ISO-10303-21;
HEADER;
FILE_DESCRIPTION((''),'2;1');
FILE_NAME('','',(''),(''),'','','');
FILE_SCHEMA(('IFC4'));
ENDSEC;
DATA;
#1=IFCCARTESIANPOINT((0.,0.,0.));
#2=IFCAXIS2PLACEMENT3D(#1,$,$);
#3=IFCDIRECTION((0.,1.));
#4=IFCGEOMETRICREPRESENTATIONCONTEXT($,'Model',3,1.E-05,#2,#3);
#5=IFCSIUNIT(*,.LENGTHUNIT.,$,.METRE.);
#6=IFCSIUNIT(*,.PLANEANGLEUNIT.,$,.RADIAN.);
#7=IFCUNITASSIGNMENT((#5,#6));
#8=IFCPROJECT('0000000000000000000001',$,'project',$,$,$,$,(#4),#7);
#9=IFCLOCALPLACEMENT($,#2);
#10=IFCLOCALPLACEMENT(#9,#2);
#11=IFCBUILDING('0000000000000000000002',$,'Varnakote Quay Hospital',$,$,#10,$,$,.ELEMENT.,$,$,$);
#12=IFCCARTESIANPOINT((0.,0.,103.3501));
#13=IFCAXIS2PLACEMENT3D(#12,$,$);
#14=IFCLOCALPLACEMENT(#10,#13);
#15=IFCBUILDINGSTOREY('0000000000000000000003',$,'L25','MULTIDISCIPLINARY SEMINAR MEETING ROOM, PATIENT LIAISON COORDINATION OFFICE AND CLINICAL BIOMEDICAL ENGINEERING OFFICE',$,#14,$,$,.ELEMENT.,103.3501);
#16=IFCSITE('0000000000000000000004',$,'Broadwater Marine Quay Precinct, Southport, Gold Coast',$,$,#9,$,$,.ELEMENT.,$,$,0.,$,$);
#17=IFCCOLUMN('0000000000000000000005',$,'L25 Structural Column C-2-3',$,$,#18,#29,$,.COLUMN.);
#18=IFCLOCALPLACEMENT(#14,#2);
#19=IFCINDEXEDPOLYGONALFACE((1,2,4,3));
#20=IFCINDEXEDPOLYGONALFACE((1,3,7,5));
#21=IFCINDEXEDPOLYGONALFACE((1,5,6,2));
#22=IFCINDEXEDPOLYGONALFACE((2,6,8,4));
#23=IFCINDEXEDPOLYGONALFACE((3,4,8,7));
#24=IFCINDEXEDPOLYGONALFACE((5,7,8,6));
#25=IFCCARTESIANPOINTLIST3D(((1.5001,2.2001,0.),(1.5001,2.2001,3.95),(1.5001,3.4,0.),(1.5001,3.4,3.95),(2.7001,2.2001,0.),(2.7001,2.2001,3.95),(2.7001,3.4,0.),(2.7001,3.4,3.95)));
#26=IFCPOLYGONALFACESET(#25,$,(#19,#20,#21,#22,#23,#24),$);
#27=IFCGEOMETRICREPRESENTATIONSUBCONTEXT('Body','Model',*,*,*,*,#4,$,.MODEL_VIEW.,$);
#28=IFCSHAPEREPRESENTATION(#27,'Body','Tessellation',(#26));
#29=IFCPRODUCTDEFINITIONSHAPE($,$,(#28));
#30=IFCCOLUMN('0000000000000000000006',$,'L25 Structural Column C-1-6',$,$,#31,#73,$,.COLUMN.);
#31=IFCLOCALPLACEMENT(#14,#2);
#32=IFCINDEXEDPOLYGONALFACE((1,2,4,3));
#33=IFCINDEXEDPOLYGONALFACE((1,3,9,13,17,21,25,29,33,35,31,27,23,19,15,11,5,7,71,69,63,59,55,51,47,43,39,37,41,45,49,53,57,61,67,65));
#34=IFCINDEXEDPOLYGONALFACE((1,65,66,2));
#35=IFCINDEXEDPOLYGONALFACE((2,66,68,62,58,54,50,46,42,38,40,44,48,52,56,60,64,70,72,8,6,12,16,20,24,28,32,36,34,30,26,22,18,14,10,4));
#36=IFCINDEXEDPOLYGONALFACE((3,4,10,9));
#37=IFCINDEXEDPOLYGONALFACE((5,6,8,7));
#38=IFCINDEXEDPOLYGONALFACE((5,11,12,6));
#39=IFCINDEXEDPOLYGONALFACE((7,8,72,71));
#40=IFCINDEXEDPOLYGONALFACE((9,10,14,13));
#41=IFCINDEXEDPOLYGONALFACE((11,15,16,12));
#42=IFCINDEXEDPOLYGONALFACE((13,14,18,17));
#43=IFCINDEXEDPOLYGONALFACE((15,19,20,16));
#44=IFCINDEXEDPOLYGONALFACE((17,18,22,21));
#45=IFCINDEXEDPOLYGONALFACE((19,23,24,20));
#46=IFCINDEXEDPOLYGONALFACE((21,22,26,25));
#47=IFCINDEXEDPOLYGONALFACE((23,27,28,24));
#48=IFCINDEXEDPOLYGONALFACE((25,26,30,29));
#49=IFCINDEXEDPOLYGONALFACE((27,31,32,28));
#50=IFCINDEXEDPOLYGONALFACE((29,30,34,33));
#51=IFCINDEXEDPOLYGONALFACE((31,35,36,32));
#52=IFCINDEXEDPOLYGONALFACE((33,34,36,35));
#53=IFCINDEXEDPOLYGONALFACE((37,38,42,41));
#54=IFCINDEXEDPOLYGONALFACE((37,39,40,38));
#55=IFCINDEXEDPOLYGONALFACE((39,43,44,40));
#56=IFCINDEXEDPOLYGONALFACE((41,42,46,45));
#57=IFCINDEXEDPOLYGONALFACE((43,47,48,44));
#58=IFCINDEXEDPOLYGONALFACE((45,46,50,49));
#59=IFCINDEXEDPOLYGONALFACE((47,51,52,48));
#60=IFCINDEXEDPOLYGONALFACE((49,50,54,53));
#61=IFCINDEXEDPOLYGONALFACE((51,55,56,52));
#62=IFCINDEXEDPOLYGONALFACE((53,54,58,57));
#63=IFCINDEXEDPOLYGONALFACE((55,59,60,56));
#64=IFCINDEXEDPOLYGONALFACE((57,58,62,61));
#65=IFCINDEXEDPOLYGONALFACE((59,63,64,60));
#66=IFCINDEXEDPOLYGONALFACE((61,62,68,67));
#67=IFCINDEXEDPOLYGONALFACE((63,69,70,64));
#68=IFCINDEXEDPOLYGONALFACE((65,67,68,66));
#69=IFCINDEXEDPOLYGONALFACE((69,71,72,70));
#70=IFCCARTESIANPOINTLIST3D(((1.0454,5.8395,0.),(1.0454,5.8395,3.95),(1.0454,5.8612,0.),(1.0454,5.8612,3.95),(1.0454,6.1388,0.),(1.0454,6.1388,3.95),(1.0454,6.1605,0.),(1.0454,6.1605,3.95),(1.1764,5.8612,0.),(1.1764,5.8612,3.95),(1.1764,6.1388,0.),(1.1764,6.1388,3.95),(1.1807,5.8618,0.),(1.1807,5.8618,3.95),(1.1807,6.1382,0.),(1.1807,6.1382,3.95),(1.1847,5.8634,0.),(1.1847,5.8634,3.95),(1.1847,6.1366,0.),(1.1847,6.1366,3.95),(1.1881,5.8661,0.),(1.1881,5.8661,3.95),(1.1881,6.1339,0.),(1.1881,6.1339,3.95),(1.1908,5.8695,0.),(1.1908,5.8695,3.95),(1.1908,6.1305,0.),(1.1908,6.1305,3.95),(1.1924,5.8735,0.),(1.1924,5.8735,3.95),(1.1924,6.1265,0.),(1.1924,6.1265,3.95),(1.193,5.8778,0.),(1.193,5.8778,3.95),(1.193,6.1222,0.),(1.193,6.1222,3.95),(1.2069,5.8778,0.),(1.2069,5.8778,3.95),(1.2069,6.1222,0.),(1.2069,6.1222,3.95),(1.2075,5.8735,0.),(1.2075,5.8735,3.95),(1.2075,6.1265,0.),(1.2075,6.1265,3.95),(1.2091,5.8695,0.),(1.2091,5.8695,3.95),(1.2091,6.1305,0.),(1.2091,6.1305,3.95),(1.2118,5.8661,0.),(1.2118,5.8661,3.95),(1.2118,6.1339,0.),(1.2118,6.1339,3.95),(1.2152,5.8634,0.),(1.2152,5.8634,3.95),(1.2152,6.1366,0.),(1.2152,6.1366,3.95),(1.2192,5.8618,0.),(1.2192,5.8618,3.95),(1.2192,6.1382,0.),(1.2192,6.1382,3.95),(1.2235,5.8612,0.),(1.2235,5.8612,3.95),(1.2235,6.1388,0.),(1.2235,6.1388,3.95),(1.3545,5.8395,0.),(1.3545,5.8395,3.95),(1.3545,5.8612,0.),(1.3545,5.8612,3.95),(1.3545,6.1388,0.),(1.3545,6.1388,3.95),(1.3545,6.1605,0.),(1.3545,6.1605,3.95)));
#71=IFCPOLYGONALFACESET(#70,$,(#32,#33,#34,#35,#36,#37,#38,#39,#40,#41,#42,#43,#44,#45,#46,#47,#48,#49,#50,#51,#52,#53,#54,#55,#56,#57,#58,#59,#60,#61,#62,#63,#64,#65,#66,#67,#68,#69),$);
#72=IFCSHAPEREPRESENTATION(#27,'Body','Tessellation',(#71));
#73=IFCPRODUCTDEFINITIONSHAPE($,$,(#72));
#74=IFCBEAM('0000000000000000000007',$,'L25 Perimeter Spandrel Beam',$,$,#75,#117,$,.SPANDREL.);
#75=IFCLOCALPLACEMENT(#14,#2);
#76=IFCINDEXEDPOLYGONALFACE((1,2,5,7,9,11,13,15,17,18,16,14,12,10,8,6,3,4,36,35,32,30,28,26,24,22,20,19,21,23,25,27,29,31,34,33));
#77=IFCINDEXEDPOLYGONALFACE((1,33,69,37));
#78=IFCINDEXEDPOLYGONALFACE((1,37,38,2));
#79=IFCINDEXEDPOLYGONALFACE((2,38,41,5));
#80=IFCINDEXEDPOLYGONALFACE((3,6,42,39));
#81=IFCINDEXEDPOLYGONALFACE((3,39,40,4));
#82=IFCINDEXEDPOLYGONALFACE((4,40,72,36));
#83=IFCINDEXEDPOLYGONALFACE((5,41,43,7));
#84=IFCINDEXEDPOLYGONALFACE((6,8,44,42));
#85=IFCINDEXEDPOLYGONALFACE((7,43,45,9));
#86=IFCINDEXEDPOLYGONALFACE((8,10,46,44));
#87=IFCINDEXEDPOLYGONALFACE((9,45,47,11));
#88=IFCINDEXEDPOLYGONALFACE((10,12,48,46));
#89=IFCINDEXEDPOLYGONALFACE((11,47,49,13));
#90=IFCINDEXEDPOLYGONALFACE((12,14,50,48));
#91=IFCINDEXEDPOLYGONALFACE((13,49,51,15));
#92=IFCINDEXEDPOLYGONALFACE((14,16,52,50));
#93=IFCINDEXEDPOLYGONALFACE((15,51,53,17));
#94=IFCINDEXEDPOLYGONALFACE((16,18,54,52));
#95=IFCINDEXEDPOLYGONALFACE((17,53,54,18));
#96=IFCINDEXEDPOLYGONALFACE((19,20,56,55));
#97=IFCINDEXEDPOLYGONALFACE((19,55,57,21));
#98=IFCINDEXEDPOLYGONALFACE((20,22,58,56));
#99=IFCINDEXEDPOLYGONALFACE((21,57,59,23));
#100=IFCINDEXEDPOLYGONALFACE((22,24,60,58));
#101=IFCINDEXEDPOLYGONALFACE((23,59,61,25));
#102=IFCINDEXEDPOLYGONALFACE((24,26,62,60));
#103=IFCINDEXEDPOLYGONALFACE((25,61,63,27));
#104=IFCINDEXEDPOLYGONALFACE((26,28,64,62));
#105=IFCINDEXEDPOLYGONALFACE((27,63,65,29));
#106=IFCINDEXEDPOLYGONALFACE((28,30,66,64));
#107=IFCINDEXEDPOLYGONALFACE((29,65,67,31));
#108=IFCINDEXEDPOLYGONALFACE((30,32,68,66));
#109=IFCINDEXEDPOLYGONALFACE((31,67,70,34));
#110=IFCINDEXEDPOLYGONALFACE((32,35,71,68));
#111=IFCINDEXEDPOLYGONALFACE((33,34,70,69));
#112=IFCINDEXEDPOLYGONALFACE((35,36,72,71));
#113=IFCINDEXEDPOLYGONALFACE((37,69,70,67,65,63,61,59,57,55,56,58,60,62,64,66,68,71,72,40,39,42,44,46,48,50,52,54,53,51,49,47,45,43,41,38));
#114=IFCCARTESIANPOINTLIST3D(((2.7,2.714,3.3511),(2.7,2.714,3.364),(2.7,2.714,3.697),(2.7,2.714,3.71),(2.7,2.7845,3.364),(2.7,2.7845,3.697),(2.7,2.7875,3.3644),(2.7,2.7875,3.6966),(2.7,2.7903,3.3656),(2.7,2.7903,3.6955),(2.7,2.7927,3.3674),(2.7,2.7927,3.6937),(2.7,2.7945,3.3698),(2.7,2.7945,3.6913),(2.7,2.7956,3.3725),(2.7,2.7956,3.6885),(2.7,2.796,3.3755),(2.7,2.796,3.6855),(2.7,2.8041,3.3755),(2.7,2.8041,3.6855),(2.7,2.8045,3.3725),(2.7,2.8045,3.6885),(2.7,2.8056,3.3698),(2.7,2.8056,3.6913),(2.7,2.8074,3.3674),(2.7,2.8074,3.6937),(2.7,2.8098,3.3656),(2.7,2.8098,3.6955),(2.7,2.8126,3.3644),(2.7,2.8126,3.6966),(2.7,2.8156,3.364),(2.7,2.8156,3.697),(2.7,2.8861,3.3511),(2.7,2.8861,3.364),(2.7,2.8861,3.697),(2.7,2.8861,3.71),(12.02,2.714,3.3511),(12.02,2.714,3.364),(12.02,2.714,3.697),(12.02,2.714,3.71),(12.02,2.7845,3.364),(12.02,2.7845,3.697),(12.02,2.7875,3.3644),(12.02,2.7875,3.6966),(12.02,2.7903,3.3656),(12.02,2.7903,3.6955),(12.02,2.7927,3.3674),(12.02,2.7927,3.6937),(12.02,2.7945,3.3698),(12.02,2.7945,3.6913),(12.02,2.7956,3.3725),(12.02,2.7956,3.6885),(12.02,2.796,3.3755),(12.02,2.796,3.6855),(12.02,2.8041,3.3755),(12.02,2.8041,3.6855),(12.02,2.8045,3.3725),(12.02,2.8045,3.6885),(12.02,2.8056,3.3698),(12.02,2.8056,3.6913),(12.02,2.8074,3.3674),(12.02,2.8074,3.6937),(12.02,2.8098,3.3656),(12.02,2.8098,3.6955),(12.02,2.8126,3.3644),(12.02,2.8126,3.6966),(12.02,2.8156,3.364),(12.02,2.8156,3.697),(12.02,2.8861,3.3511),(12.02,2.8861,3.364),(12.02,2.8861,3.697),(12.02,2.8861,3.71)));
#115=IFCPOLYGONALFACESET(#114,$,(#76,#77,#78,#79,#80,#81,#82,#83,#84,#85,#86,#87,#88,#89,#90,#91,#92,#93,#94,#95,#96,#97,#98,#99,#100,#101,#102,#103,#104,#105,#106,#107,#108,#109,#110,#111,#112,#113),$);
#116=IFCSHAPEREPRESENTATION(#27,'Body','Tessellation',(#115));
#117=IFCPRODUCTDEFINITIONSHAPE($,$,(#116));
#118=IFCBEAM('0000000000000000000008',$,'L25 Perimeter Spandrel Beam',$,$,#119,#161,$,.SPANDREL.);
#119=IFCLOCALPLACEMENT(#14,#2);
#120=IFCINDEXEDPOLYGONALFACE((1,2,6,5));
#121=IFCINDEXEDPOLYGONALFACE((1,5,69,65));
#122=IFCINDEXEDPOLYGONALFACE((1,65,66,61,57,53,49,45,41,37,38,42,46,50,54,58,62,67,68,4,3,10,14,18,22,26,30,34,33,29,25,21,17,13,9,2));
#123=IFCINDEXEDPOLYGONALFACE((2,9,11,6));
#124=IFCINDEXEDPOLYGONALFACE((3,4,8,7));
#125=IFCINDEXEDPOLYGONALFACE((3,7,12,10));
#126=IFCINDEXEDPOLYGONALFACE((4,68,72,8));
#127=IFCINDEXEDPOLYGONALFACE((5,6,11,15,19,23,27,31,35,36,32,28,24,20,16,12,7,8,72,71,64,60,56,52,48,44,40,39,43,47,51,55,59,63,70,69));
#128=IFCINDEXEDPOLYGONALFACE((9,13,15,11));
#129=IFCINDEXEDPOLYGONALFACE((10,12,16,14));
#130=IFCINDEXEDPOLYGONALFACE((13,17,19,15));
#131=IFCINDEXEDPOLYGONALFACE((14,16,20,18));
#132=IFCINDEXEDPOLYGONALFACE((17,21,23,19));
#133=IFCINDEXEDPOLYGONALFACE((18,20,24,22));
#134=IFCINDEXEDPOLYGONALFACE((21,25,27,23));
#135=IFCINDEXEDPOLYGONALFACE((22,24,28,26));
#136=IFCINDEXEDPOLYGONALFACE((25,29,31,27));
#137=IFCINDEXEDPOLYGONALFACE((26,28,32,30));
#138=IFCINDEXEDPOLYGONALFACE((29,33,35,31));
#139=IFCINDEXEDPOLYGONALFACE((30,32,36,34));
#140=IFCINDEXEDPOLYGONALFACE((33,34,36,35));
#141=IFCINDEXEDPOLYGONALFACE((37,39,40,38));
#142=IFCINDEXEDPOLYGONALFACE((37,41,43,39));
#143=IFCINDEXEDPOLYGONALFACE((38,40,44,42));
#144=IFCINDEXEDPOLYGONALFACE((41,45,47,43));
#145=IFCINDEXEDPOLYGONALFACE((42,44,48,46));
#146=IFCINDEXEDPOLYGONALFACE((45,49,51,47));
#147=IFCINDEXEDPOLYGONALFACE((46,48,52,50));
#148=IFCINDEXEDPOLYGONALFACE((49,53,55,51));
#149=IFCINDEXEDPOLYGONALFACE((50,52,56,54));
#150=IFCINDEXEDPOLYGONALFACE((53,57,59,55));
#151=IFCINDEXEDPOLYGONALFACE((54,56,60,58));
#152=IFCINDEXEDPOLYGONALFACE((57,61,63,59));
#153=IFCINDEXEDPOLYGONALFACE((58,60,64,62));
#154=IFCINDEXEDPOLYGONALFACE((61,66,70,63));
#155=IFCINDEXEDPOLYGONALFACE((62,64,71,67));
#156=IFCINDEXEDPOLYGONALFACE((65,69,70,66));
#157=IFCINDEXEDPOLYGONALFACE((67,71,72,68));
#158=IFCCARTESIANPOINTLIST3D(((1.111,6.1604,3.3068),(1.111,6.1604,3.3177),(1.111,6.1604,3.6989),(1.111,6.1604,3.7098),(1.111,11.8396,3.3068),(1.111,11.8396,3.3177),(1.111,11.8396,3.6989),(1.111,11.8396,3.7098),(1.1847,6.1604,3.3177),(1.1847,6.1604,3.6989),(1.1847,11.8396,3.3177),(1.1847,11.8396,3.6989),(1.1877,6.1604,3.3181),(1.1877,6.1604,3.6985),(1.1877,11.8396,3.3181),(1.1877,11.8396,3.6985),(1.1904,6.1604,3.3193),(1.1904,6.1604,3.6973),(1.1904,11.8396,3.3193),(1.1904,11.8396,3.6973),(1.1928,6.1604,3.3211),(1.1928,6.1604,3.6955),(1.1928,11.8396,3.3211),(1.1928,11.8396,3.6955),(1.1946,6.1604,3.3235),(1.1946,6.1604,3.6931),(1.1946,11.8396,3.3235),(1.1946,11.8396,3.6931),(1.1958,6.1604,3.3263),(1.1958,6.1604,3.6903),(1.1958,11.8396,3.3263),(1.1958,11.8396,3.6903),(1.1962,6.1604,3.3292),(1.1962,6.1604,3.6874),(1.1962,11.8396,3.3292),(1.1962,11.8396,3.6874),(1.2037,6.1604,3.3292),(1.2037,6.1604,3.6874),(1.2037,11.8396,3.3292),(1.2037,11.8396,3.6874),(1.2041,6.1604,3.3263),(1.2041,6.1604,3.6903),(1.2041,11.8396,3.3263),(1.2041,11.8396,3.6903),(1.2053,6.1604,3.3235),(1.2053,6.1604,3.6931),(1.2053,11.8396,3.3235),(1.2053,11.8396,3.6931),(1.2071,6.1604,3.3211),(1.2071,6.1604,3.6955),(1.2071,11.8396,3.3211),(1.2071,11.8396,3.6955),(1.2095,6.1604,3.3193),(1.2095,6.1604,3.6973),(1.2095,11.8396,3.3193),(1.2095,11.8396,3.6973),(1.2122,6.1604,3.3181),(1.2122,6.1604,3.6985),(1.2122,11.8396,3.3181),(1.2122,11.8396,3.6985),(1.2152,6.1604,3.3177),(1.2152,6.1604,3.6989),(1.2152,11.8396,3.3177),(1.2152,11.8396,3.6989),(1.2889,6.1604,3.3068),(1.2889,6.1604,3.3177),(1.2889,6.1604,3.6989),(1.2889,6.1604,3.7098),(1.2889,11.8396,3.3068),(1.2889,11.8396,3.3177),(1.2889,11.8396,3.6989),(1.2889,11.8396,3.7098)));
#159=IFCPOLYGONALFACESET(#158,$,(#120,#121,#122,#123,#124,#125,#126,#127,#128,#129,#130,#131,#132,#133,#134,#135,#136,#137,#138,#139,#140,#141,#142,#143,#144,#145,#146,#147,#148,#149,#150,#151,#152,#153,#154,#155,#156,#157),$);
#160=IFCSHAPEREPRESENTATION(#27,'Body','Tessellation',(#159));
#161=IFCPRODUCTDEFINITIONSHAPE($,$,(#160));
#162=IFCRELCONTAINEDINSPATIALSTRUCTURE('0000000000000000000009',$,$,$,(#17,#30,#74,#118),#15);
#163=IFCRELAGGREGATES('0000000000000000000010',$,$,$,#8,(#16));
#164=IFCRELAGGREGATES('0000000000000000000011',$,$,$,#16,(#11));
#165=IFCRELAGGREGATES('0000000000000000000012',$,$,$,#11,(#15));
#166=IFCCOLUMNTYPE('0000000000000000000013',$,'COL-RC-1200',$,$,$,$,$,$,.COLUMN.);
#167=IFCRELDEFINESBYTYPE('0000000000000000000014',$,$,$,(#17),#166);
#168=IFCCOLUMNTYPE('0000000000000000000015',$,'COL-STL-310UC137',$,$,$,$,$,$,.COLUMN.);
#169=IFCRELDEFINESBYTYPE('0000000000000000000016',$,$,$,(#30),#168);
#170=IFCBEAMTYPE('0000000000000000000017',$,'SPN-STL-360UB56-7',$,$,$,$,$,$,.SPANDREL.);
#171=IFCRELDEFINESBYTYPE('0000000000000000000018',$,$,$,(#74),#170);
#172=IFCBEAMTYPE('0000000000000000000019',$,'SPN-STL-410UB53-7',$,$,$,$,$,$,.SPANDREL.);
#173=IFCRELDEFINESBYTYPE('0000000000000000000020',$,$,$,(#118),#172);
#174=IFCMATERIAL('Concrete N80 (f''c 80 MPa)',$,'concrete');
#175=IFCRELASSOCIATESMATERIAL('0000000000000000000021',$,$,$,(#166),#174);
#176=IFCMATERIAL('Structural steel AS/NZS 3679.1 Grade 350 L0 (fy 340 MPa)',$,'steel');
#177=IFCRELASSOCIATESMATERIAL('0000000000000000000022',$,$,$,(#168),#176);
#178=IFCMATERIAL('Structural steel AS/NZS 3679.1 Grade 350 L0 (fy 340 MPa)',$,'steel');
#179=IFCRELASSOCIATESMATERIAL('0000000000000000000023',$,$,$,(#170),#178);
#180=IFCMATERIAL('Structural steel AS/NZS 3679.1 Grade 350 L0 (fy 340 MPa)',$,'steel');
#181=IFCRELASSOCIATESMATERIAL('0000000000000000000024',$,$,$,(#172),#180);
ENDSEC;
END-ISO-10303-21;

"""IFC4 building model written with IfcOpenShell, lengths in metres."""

from ifc_helpers import new_model, si_unit, direction, frame, origin, origin_2d, place, context, subcontext, project, spatial, rectangle, i_section, extrude, material, material_profile, profile_set, type_object, element, save


model = new_model("IFC4")

# Units and contexts
model_context = context("Model", 3, precision=1e-05, world=origin(), true_north=direction((0.0, 1.0)))
body_context = subcontext(model_context, "Body", "Model", "MODEL_VIEW")
ifc_project = project(units=[si_unit("LENGTHUNIT", "METRE"), si_unit("PLANEANGLEUNIT", "RADIAN")], contexts=[model_context])

# Site, building, storey
site_placement = place(None, origin())
site = spatial("IfcSite", under=ifc_project, at=site_placement, Name="Broadwater Marine Quay Precinct, Southport, Gold Coast", CompositionType="ELEMENT", RefElevation=0.0)
building_placement = place(site_placement, origin())
building = spatial("IfcBuilding", under=site, at=building_placement, Name="Varnakote Quay Hospital", CompositionType="ELEMENT")
storey_placement = place(building_placement, frame((0.0, 0.0, 103.3501)))
storey = spatial("IfcBuildingStorey", under=building, at=storey_placement, Name="L25", Description="MULTIDISCIPLINARY SEMINAR MEETING ROOM, PATIENT LIAISON COORDINATION OFFICE AND CLINICAL BIOMEDICAL ENGINEERING OFFICE", CompositionType="ELEMENT", Elevation=103.3501)

# Columns
ifc_material_1 = material(Name="Concrete N80 (f'c 80 MPa)", Category="concrete")
ifc_material_profile_1 = material_profile(ifc_material_1, rectangle(XDim=1.2, YDim=1.2, at=origin_2d()), Name="RC-COL-1200x1200")
ifc_profile_set_1 = profile_set([ifc_material_profile_1], Name="Concrete N80 (f'c 80 MPa)")
column_type_1 = type_object("IfcColumnType", Name="COL-RC-1200", PredefinedType="COLUMN", material=ifc_profile_set_1)
column_1_placement = place(storey_placement, frame((2.1001, 2.8, 0.0), z_axis=(0.0, 0.0, 1.0), x_axis=(1.0, 0.0, 0.0)))
element("IfcColumn", 1, at=column_1_placement, inside=storey, type_object=column_type_1, Name="L25 Structural Column C-2-3", PredefinedType="COLUMN", context=body_context, shape_type="SweptSolid", body=[
    extrude(rectangle(XDim=1.2, YDim=1.2, at=origin_2d()), origin(), (0.0, 0.0, 1.0), 3.95),
])
ifc_material_2 = material(Name="Structural steel AS/NZS 3679.1 Grade 350 L0 (fy 340 MPa)", Category="steel")
ifc_material_profile_2 = material_profile(ifc_material_2, i_section(OverallWidth=0.3091, OverallDepth=0.321, WebThickness=0.0139, FlangeThickness=0.0217, FilletRadius=0.0166, at=origin_2d()), Name="310UC137")
ifc_profile_set_2 = profile_set([ifc_material_profile_2], Name="Structural steel AS/NZS 3679.1 Grade 350 L0 (fy 340 MPa)")
column_type_2 = type_object("IfcColumnType", Name="COL-STL-310UC137", PredefinedType="COLUMN", material=ifc_profile_set_2)
column_2_placement = place(storey_placement, frame((1.2, 6.0, 0.0), z_axis=(0.0, 0.0, 1.0), x_axis=(1.0, 0.0, 0.0)))
element("IfcColumn", 2, at=column_2_placement, inside=storey, type_object=column_type_2, Name="L25 Structural Column C-1-6", PredefinedType="COLUMN", context=body_context, shape_type="SweptSolid", body=[
    extrude(i_section(OverallWidth=0.3091, OverallDepth=0.321, WebThickness=0.0139, FlangeThickness=0.0217, FilletRadius=0.0166, at=origin_2d()), origin(), (0.0, 0.0, 1.0), 3.95),
])

# Beams
ifc_material_3 = material(Name="Structural steel AS/NZS 3679.1 Grade 350 L0 (fy 340 MPa)", Category="steel")
ifc_material_profile_3 = material_profile(ifc_material_3, i_section(OverallWidth=0.1721, OverallDepth=0.3589, WebThickness=0.0081, FlangeThickness=0.0129, FilletRadius=0.0115, at=origin_2d()), Name="360UB56.7")
ifc_profile_set_3 = profile_set([ifc_material_profile_3], Name="Structural steel AS/NZS 3679.1 Grade 350 L0 (fy 340 MPa)")
beam_type_1 = type_object("IfcBeamType", Name="SPN-STL-360UB56-7", PredefinedType="SPANDREL", material=ifc_profile_set_3)
beam_1_placement = place(storey_placement, frame((2.7, 2.8, 3.5305), z_axis=(1.0, 0.0, 0.0), x_axis=(0.0, 1.0, 0.0)))
element("IfcBeam", 3, at=beam_1_placement, inside=storey, type_object=beam_type_1, Name="L25 Perimeter Spandrel Beam", PredefinedType="SPANDREL", context=body_context, shape_type="SweptSolid", body=[
    extrude(i_section(OverallWidth=0.1721, OverallDepth=0.3589, WebThickness=0.0081, FlangeThickness=0.0129, FilletRadius=0.0115, at=origin_2d()), origin(), (0.0, 0.0, 1.0), 9.3201),
])
ifc_material_4 = material(Name="Structural steel AS/NZS 3679.1 Grade 350 L0 (fy 340 MPa)", Category="steel")
ifc_material_profile_4 = material_profile(ifc_material_4, i_section(OverallWidth=0.178, OverallDepth=0.4031, WebThickness=0.0076, FlangeThickness=0.011, FilletRadius=0.0115, at=origin_2d()), Name="410UB53.7")
ifc_profile_set_4 = profile_set([ifc_material_profile_4], Name="Structural steel AS/NZS 3679.1 Grade 350 L0 (fy 340 MPa)")
beam_type_2 = type_object("IfcBeamType", Name="SPN-STL-410UB53-7", PredefinedType="SPANDREL", material=ifc_profile_set_4)
beam_2_placement = place(storey_placement, frame((1.2, 6.1604, 3.5083), z_axis=(0.0, 1.0, 0.0), x_axis=(-1.0, 0.0, 0.0)))
element("IfcBeam", 4, at=beam_2_placement, inside=storey, type_object=beam_type_2, Name="L25 Perimeter Spandrel Beam", PredefinedType="SPANDREL", context=body_context, shape_type="SweptSolid", body=[
    extrude(i_section(OverallWidth=0.178, OverallDepth=0.4031, WebThickness=0.0076, FlangeThickness=0.011, FilletRadius=0.0115, at=origin_2d()), origin(), (0.0, 0.0, 1.0), 5.6792),
])

save(model, "model.ifc")
